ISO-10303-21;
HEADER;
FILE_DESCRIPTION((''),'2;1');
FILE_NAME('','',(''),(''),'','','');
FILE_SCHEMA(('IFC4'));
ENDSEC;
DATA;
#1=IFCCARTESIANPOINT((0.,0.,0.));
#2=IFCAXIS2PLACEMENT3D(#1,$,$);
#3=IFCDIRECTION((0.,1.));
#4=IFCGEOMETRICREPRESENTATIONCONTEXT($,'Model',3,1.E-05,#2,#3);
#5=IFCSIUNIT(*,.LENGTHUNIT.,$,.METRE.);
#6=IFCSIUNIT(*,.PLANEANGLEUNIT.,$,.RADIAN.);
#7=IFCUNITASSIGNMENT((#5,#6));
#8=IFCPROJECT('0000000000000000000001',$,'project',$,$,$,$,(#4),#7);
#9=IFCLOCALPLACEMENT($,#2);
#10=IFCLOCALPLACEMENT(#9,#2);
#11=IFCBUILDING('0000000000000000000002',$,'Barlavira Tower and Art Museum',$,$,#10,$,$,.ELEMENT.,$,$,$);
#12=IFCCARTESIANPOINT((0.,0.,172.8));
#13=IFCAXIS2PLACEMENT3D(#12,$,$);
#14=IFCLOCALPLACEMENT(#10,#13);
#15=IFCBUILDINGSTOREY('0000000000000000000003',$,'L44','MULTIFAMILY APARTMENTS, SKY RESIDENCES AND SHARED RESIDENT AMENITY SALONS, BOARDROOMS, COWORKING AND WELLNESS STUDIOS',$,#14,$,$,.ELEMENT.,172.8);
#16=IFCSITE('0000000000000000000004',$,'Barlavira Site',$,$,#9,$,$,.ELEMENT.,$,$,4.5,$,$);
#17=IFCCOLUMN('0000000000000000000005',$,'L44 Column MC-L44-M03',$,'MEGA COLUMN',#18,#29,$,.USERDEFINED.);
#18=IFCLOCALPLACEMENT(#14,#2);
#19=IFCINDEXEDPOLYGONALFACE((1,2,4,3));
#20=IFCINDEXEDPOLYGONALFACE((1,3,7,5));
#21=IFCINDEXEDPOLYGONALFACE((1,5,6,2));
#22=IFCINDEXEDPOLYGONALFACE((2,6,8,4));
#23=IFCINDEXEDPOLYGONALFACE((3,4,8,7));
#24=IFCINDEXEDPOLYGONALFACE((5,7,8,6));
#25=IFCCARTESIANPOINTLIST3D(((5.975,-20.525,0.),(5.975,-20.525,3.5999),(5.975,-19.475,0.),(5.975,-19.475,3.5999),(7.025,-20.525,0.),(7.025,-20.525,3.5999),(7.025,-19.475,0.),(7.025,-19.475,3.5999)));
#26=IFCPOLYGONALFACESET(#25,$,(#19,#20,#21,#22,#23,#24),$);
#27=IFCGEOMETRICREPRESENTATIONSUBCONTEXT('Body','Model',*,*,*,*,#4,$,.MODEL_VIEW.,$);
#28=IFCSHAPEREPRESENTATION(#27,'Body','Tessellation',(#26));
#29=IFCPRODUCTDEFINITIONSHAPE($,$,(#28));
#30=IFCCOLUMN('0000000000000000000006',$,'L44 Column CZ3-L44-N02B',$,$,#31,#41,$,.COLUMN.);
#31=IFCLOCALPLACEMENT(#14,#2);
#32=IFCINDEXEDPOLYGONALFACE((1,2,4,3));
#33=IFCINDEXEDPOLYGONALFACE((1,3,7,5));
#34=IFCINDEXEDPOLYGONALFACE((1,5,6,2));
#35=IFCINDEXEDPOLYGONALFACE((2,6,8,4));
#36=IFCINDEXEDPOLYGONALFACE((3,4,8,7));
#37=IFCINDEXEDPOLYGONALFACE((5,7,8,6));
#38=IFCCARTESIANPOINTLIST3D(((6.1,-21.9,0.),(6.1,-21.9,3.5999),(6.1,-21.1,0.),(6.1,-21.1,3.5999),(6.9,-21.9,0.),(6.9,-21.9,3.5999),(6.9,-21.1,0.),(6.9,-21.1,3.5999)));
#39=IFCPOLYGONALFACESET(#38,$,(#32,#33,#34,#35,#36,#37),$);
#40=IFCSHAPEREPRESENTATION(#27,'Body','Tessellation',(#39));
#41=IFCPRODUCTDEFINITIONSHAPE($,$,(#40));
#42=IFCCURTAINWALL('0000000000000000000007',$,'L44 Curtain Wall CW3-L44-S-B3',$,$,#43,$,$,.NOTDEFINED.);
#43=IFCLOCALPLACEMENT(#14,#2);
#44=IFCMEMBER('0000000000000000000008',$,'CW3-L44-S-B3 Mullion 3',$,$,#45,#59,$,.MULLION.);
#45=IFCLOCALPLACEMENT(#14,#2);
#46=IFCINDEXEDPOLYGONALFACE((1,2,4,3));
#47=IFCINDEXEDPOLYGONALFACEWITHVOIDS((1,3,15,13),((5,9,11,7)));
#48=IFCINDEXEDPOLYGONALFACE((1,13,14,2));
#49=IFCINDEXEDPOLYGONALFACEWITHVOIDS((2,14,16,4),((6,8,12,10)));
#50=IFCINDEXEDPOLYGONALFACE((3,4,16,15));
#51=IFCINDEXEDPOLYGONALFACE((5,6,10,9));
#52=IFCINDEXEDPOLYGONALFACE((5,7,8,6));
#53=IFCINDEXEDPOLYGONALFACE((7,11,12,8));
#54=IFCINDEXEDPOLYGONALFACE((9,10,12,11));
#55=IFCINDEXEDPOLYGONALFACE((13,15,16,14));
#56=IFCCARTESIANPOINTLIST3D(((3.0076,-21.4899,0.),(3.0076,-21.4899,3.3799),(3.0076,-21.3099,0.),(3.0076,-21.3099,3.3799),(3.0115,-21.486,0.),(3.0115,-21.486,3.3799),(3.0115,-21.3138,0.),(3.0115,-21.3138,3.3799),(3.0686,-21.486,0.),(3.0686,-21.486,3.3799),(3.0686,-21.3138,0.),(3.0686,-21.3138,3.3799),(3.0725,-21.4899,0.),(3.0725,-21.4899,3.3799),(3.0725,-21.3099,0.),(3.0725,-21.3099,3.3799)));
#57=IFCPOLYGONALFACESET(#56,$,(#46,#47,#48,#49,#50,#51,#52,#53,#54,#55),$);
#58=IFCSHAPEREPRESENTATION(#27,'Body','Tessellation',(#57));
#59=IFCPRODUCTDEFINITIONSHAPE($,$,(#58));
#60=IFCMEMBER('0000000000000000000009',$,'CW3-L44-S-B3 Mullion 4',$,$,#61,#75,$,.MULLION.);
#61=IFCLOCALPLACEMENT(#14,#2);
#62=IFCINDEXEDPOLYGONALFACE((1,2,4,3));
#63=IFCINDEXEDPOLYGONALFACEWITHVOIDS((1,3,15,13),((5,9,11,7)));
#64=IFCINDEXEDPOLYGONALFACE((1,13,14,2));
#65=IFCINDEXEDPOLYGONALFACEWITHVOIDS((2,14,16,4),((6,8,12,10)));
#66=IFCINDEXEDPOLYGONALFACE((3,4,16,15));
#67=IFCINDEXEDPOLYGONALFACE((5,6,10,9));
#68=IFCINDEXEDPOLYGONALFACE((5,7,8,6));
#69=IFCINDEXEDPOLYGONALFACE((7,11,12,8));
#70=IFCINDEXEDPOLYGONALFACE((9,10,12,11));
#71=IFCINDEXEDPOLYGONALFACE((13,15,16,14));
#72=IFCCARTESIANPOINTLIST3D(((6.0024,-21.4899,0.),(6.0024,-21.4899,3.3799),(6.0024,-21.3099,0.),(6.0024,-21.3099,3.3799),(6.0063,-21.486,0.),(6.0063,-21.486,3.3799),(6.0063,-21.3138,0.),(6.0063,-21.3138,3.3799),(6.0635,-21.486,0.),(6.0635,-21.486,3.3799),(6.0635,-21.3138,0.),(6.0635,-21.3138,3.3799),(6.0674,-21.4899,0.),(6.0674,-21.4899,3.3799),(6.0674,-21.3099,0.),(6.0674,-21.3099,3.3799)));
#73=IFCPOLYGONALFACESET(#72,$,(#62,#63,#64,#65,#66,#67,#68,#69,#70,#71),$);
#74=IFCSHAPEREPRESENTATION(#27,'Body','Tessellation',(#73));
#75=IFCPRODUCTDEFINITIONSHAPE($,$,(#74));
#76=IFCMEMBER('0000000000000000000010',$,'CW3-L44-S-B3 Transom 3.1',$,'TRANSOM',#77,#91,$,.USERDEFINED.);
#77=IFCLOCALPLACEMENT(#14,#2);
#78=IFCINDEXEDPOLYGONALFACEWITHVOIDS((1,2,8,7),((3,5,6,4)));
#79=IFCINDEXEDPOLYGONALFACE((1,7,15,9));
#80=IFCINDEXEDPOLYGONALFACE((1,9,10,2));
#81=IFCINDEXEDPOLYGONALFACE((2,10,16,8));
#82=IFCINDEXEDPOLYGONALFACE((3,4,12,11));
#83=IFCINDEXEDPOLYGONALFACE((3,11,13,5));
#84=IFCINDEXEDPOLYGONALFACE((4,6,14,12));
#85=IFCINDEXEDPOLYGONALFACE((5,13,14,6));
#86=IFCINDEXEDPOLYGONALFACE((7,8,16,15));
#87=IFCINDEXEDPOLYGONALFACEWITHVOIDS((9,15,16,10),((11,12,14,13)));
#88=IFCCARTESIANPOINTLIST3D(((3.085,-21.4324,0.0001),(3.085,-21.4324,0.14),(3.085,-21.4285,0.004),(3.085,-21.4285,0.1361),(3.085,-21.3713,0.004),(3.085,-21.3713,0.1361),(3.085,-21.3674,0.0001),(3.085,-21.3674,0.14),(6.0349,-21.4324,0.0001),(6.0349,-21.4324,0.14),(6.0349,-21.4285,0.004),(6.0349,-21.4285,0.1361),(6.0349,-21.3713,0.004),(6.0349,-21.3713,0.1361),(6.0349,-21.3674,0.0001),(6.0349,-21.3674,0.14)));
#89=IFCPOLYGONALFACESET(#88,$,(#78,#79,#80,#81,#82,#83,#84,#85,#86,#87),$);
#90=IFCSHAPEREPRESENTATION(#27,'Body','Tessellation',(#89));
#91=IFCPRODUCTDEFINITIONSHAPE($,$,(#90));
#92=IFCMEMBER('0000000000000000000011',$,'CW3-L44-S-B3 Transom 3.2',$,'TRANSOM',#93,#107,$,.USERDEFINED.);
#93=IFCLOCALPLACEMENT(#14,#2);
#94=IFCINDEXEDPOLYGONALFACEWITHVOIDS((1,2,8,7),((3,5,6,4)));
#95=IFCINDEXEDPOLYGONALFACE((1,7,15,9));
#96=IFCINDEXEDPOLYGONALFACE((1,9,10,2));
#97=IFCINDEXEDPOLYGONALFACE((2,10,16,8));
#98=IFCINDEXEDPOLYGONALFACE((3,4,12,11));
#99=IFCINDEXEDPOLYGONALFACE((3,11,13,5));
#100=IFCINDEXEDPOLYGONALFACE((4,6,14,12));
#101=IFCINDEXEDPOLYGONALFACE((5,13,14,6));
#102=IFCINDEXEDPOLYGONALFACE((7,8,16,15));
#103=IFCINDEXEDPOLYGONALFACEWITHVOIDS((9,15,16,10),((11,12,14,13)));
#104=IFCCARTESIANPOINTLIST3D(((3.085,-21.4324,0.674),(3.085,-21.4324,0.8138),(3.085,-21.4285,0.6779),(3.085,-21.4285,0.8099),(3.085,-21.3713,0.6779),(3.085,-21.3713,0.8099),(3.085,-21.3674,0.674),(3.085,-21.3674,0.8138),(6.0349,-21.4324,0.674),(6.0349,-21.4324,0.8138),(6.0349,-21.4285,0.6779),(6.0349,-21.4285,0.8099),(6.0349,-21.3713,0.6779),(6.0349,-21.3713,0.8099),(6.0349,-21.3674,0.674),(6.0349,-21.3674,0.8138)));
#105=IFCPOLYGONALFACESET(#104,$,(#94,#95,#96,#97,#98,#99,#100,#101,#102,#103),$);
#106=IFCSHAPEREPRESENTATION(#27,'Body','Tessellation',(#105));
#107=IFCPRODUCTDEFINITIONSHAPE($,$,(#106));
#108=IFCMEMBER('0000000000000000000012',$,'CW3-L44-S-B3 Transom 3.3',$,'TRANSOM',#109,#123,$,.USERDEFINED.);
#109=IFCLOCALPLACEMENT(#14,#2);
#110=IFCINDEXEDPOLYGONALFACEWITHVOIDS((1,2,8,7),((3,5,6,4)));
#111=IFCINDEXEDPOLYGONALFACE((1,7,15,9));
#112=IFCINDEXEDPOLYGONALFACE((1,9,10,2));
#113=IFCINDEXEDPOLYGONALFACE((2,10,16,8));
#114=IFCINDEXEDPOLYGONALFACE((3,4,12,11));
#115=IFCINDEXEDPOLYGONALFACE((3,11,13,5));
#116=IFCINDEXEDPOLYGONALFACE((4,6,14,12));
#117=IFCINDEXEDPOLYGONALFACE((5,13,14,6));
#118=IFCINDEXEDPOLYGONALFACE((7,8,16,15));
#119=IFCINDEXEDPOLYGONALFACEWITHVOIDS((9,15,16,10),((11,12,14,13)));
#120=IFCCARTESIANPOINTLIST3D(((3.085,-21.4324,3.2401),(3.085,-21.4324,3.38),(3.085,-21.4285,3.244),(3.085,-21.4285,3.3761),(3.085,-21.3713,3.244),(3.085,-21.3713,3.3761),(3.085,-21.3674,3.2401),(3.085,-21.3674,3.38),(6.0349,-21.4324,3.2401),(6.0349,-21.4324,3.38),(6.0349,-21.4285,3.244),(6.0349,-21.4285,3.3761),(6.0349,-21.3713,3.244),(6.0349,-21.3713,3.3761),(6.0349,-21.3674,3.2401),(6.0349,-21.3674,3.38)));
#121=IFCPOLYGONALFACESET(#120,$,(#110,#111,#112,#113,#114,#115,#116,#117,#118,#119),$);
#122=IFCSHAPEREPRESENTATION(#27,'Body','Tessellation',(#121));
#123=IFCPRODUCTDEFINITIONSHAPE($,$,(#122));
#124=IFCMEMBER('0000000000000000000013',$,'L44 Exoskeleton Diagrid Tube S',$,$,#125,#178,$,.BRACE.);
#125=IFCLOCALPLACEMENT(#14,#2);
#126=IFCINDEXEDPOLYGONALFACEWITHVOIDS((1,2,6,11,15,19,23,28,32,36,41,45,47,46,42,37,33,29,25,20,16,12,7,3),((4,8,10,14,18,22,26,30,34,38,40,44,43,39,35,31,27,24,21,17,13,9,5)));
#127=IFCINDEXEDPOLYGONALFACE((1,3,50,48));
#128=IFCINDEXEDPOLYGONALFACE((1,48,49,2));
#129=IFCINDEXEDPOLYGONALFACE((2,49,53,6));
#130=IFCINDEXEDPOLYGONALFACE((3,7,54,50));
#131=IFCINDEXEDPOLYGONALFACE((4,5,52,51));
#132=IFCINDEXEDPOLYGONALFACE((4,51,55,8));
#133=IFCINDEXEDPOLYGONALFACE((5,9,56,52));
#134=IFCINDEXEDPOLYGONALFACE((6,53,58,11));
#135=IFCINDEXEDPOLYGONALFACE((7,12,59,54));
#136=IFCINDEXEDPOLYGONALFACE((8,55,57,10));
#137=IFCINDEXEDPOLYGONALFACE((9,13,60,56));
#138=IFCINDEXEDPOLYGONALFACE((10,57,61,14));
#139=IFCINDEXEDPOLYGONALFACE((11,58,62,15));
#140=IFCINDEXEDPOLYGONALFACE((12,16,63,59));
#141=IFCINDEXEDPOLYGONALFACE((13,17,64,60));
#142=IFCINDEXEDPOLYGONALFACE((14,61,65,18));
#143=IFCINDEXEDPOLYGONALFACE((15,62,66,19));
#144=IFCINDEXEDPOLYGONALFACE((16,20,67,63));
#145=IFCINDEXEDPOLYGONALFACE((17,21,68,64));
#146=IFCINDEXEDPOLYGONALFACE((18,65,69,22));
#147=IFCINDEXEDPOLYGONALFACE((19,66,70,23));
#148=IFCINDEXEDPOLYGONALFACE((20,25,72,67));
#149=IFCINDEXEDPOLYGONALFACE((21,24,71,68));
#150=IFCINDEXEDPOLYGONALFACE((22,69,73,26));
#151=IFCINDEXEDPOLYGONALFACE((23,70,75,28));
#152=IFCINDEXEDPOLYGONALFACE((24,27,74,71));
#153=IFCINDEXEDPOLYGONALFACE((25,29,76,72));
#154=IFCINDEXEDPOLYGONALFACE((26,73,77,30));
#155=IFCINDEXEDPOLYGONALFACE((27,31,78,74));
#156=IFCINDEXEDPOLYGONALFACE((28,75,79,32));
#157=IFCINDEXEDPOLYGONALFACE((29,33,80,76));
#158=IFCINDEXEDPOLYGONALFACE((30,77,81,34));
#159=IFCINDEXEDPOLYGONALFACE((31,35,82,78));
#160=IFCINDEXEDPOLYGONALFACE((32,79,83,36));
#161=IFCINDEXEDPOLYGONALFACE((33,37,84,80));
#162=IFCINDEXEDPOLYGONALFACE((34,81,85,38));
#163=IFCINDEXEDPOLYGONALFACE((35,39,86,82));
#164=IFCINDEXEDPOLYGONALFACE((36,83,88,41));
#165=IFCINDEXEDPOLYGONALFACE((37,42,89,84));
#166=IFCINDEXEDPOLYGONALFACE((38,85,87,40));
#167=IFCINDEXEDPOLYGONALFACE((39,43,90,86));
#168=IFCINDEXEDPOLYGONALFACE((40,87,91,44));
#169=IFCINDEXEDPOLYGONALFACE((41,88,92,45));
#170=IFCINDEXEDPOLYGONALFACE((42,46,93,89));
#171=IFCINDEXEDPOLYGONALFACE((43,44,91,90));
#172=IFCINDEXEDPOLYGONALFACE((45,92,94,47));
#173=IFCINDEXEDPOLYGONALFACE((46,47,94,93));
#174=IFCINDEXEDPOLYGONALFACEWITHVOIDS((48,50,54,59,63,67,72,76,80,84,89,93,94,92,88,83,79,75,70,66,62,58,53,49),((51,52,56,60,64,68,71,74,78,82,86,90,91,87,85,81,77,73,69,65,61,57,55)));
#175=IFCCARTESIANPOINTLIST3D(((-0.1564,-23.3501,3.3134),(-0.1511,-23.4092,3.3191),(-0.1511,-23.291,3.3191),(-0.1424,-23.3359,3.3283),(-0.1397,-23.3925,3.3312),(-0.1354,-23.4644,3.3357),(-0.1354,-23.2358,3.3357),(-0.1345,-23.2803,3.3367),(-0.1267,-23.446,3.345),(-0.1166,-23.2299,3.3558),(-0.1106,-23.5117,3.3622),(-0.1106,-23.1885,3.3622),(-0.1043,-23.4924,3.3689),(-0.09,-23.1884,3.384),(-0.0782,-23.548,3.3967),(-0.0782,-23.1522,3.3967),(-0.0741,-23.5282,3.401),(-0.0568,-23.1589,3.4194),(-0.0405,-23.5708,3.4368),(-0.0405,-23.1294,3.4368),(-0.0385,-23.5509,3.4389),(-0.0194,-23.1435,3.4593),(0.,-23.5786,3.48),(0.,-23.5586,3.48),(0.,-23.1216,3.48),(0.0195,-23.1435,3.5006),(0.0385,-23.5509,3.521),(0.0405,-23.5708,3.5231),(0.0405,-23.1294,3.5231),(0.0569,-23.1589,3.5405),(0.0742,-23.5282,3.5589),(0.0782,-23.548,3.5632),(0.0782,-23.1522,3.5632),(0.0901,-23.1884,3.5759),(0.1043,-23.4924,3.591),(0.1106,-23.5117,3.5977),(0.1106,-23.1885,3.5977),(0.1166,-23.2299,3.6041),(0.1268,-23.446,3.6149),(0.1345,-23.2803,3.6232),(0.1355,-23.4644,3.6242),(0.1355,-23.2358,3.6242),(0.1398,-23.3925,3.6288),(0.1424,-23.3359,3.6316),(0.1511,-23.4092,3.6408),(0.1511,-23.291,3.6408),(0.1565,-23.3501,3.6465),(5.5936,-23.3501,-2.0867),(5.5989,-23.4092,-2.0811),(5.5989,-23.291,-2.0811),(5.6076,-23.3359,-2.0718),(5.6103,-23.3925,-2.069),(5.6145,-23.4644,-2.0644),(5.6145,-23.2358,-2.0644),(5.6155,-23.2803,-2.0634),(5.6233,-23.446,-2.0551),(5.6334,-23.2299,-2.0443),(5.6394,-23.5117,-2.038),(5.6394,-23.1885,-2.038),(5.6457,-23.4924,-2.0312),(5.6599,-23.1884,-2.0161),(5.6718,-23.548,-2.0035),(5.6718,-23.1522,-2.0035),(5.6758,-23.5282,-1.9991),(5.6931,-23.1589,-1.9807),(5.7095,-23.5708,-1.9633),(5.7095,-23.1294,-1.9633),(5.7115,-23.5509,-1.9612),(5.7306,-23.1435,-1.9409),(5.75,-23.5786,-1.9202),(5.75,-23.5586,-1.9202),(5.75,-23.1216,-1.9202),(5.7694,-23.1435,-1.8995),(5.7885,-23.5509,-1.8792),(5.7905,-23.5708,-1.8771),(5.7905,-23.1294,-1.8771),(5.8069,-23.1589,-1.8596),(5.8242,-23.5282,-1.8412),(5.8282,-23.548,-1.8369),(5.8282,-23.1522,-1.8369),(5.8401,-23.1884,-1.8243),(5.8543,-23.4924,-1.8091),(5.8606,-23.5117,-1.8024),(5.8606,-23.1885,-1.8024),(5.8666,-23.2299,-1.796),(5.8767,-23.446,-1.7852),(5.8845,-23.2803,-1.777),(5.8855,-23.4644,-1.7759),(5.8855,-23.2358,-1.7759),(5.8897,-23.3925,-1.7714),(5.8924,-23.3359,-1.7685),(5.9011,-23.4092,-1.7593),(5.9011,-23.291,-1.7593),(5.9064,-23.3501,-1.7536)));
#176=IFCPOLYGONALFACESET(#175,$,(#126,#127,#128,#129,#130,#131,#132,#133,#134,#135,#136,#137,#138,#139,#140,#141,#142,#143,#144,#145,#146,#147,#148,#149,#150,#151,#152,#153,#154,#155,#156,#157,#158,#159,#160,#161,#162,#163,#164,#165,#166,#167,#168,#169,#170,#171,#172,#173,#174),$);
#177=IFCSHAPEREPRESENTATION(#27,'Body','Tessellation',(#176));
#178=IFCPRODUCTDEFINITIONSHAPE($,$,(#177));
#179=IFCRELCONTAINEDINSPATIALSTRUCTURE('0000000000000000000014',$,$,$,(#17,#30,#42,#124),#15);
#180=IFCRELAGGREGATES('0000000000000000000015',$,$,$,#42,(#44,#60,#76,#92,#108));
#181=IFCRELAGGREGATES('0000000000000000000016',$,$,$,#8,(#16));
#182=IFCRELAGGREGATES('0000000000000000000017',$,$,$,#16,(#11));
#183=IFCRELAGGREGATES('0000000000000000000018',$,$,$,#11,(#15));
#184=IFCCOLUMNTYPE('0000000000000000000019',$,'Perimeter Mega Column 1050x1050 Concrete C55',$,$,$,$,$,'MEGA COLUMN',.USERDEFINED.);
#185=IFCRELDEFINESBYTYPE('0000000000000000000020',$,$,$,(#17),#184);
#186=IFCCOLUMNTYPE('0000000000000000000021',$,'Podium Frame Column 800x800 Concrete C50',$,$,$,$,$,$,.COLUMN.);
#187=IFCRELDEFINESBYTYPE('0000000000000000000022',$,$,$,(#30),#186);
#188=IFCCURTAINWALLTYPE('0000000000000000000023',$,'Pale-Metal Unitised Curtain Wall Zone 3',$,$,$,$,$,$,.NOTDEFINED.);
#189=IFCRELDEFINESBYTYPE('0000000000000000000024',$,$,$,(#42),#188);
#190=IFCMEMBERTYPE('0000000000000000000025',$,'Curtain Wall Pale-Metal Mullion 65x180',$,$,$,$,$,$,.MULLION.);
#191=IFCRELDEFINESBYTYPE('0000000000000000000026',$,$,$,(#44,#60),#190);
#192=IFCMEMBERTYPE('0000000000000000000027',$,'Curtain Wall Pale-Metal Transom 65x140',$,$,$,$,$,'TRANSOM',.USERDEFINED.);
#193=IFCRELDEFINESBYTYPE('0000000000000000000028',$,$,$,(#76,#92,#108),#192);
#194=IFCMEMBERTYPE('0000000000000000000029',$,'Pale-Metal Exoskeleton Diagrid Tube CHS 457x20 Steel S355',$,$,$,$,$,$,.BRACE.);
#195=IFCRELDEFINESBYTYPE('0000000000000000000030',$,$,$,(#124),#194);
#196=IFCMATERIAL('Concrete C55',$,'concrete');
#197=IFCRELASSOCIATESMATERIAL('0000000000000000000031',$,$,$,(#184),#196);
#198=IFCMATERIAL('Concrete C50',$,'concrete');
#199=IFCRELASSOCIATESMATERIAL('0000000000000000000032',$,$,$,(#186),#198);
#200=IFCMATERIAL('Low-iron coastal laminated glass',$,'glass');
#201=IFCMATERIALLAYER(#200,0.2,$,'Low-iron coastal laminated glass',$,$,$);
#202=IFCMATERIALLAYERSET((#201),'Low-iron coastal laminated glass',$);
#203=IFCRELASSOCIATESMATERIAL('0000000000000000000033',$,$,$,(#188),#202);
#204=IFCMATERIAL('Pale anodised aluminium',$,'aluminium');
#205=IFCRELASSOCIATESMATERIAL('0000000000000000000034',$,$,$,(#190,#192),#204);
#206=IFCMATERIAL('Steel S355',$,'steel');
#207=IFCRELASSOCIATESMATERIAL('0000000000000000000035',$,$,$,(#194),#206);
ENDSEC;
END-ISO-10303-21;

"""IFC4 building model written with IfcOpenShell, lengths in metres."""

from ifc_helpers import new_model, si_unit, direction, frame, origin, origin_2d, place, context, subcontext, project, spatial, rectangle, hollow_rectangle, hollow_circle, extrude, material, layer, layer_set, material_profile, profile_set, type_object, element, aggregate, save


model = new_model("IFC4")

# Units and contexts
model_context = context("Model", 3, precision=1e-05, world=origin(), true_north=direction((0.0, 1.0)))
body_context = subcontext(model_context, "Body", "Model", "MODEL_VIEW")
ifc_project = project(units=[si_unit("LENGTHUNIT", "METRE"), si_unit("PLANEANGLEUNIT", "RADIAN")], contexts=[model_context])

# Site, building, storey
site_placement = place(None, origin())
site = spatial("IfcSite", under=ifc_project, at=site_placement, Name="Barlavira Site", CompositionType="ELEMENT", RefElevation=4.5)
building_placement = place(site_placement, origin())
building = spatial("IfcBuilding", under=site, at=building_placement, Name="Barlavira Tower and Art Museum", CompositionType="ELEMENT")
storey_placement = place(building_placement, frame((0.0, 0.0, 172.8)))
storey = spatial("IfcBuildingStorey", under=building, at=storey_placement, Name="L44", Description="MULTIFAMILY APARTMENTS, SKY RESIDENCES AND SHARED RESIDENT AMENITY SALONS, BOARDROOMS, COWORKING AND WELLNESS STUDIOS", CompositionType="ELEMENT", Elevation=172.8)

# Columns
ifc_material_1 = material(Name="Concrete C55", Category="concrete")
ifc_material_profile_1 = material_profile(ifc_material_1, rectangle(XDim=1.05, YDim=1.05, at=origin_2d()), Name="RC-COL 1050x1050")
ifc_profile_set_1 = profile_set([ifc_material_profile_1], Name="Concrete C55")
column_type_1 = type_object("IfcColumnType", Name="Perimeter Mega Column 1050x1050 Concrete C55", ElementType="MEGA COLUMN", PredefinedType="USERDEFINED", material=ifc_profile_set_1)
column_1_placement = place(storey_placement, frame((6.5, -20.0, 0.0), z_axis=(0.0, 0.0, 1.0), x_axis=(1.0, 0.0, 0.0)))
element("IfcColumn", 1, at=column_1_placement, inside=storey, type_object=column_type_1, Name="L44 Column MC-L44-M03", ObjectType="MEGA COLUMN", PredefinedType="USERDEFINED", context=body_context, shape_type="SweptSolid", body=[
    extrude(rectangle(XDim=1.05, YDim=1.05, at=origin_2d()), origin(), (0.0, 0.0, 1.0), 3.5999),
])
ifc_material_2 = material(Name="Concrete C50", Category="concrete")
ifc_material_profile_2 = material_profile(ifc_material_2, rectangle(XDim=0.8, YDim=0.8, at=origin_2d()), Name="RC-COL 800x800")
ifc_profile_set_2 = profile_set([ifc_material_profile_2], Name="Concrete C50")
column_type_2 = type_object("IfcColumnType", Name="Podium Frame Column 800x800 Concrete C50", PredefinedType="COLUMN", material=ifc_profile_set_2)
column_2_placement = place(storey_placement, frame((6.5, -21.5, 0.0), z_axis=(0.0, 0.0, 1.0), x_axis=(1.0, 0.0, 0.0)))
element("IfcColumn", 2, at=column_2_placement, inside=storey, type_object=column_type_2, Name="L44 Column CZ3-L44-N02B", PredefinedType="COLUMN", context=body_context, shape_type="SweptSolid", body=[
    extrude(rectangle(XDim=0.8, YDim=0.8, at=origin_2d()), origin(), (0.0, 0.0, 1.0), 3.5999),
])

# Curtain wall, members
ifc_material_3 = material(Name="Low-iron coastal laminated glass", Category="glass")
ifc_layer_1 = layer(ifc_material_3, 0.2, Name="Low-iron coastal laminated glass")
ifc_layer_set_1 = layer_set([ifc_layer_1], Name="Low-iron coastal laminated glass")
curtain_wall_type = type_object("IfcCurtainWallType", Name="Pale-Metal Unitised Curtain Wall Zone 3", PredefinedType="NOTDEFINED", material=ifc_layer_set_1)
curtain_wall_placement = place(storey_placement, origin())
curtain_wall = element("IfcCurtainWall", 3, at=curtain_wall_placement, inside=storey, type_object=curtain_wall_type, Name="L44 Curtain Wall CW3-L44-S-B3", PredefinedType="NOTDEFINED")
ifc_material_4 = material(Name="Pale anodised aluminium", Category="aluminium")
ifc_material_profile_3 = material_profile(ifc_material_4, hollow_rectangle(XDim=0.0649, YDim=0.1799, WallThickness=0.0039, at=origin_2d()), Name="ALU-MULL 65x180x4")
ifc_profile_set_3 = profile_set([ifc_material_profile_3], Name="Pale anodised aluminium")
member_type_1 = type_object("IfcMemberType", Name="Curtain Wall Pale-Metal Mullion 65x180", PredefinedType="MULLION", material=ifc_profile_set_3)
member_1_placement = place(storey_placement, frame((3.04, -21.3999, 0.0), z_axis=(0.0, 0.0, 1.0), x_axis=(1.0, 0.0, 0.0)))
member_1 = element("IfcMember", 4, at=member_1_placement, type_object=member_type_1, Name="CW3-L44-S-B3 Mullion 3", PredefinedType="MULLION", context=body_context, shape_type="SweptSolid", body=[
    extrude(hollow_rectangle(XDim=0.0649, YDim=0.1799, WallThickness=0.0039, at=origin_2d()), origin(), (0.0, 0.0, 1.0), 3.3799),
])
member_2_placement = place(storey_placement, frame((6.0349, -21.3999, 0.0), z_axis=(0.0, 0.0, 1.0), x_axis=(1.0, 0.0, 0.0)))
member_2 = element("IfcMember", 5, at=member_2_placement, type_object=member_type_1, Name="CW3-L44-S-B3 Mullion 4", PredefinedType="MULLION", context=body_context, shape_type="SweptSolid", body=[
    extrude(hollow_rectangle(XDim=0.0649, YDim=0.1799, WallThickness=0.0039, at=origin_2d()), origin(), (0.0, 0.0, 1.0), 3.3799),
])
ifc_material_profile_4 = material_profile(ifc_material_4, hollow_rectangle(XDim=0.0649, YDim=0.1399, WallThickness=0.0039, at=origin_2d()), Name="ALU-TRAN 65x140x4")
ifc_profile_set_4 = profile_set([ifc_material_profile_4], Name="Pale anodised aluminium")
member_type_2 = type_object("IfcMemberType", Name="Curtain Wall Pale-Metal Transom 65x140", ElementType="TRANSOM", PredefinedType="USERDEFINED", material=ifc_profile_set_4)
member_3_placement = place(storey_placement, frame((3.085, -21.3999, 0.0701), z_axis=(1.0, 0.0, 0.0), x_axis=(0.0, 1.0, 0.0)))
member_3 = element("IfcMember", 6, at=member_3_placement, type_object=member_type_2, Name="CW3-L44-S-B3 Transom 3.1", ObjectType="TRANSOM", PredefinedType="USERDEFINED", context=body_context, shape_type="SweptSolid", body=[
    extrude(hollow_rectangle(XDim=0.0649, YDim=0.1399, WallThickness=0.0039, at=origin_2d()), origin(), (0.0, 0.0, 1.0), 2.95),
])
member_4_placement = place(storey_placement, frame((3.085, -21.3999, 0.7439), z_axis=(1.0, 0.0, 0.0), x_axis=(0.0, 1.0, 0.0)))
member_4 = element("IfcMember", 7, at=member_4_placement, type_object=member_type_2, Name="CW3-L44-S-B3 Transom 3.2", ObjectType="TRANSOM", PredefinedType="USERDEFINED", context=body_context, shape_type="SweptSolid", body=[
    extrude(hollow_rectangle(XDim=0.0649, YDim=0.1399, WallThickness=0.0039, at=origin_2d()), origin(), (0.0, 0.0, 1.0), 2.95),
])
member_5_placement = place(storey_placement, frame((3.085, -21.3999, 3.3101), z_axis=(1.0, 0.0, 0.0), x_axis=(0.0, 1.0, 0.0)))
member_5 = element("IfcMember", 8, at=member_5_placement, type_object=member_type_2, Name="CW3-L44-S-B3 Transom 3.3", ObjectType="TRANSOM", PredefinedType="USERDEFINED", context=body_context, shape_type="SweptSolid", body=[
    extrude(hollow_rectangle(XDim=0.0649, YDim=0.1399, WallThickness=0.0039, at=origin_2d()), origin(), (0.0, 0.0, 1.0), 2.95),
])

# Member
ifc_material_5 = material(Name="Steel S355", Category="steel")
ifc_material_profile_5 = material_profile(ifc_material_5, hollow_circle(Radius=0.2285, WallThickness=0.02, at=origin_2d()), Name="CHS 457.0x20.0")
ifc_profile_set_5 = profile_set([ifc_material_profile_5], Name="Steel S355")
member_type_3 = type_object("IfcMemberType", Name="Pale-Metal Exoskeleton Diagrid Tube CHS 457x20 Steel S355", PredefinedType="BRACE", material=ifc_profile_set_5)
for number, where, z_axis, x_axis, name in (
    (9, (5.75, -23.3501, -1.9202), (-0.728935, 0.0, 0.684583), (0.0, -1.0, 0.0), "L44 Exoskeleton Diagrid Tube S"),
):
    element("IfcMember", number, at=place(storey_placement, frame(where, z_axis=z_axis, x_axis=x_axis)), inside=storey, type_object=member_type_3, Name=name, PredefinedType="BRACE", context=body_context, shape_type="SweptSolid", body=[
        extrude(hollow_circle(Radius=0.2285, WallThickness=0.02, at=origin_2d()), origin(), (0.0, 0.0, 1.0), 7.8882),
    ])

aggregate(curtain_wall, [member_1, member_2, member_3, member_4, member_5])

save(model, "model.ifc")
